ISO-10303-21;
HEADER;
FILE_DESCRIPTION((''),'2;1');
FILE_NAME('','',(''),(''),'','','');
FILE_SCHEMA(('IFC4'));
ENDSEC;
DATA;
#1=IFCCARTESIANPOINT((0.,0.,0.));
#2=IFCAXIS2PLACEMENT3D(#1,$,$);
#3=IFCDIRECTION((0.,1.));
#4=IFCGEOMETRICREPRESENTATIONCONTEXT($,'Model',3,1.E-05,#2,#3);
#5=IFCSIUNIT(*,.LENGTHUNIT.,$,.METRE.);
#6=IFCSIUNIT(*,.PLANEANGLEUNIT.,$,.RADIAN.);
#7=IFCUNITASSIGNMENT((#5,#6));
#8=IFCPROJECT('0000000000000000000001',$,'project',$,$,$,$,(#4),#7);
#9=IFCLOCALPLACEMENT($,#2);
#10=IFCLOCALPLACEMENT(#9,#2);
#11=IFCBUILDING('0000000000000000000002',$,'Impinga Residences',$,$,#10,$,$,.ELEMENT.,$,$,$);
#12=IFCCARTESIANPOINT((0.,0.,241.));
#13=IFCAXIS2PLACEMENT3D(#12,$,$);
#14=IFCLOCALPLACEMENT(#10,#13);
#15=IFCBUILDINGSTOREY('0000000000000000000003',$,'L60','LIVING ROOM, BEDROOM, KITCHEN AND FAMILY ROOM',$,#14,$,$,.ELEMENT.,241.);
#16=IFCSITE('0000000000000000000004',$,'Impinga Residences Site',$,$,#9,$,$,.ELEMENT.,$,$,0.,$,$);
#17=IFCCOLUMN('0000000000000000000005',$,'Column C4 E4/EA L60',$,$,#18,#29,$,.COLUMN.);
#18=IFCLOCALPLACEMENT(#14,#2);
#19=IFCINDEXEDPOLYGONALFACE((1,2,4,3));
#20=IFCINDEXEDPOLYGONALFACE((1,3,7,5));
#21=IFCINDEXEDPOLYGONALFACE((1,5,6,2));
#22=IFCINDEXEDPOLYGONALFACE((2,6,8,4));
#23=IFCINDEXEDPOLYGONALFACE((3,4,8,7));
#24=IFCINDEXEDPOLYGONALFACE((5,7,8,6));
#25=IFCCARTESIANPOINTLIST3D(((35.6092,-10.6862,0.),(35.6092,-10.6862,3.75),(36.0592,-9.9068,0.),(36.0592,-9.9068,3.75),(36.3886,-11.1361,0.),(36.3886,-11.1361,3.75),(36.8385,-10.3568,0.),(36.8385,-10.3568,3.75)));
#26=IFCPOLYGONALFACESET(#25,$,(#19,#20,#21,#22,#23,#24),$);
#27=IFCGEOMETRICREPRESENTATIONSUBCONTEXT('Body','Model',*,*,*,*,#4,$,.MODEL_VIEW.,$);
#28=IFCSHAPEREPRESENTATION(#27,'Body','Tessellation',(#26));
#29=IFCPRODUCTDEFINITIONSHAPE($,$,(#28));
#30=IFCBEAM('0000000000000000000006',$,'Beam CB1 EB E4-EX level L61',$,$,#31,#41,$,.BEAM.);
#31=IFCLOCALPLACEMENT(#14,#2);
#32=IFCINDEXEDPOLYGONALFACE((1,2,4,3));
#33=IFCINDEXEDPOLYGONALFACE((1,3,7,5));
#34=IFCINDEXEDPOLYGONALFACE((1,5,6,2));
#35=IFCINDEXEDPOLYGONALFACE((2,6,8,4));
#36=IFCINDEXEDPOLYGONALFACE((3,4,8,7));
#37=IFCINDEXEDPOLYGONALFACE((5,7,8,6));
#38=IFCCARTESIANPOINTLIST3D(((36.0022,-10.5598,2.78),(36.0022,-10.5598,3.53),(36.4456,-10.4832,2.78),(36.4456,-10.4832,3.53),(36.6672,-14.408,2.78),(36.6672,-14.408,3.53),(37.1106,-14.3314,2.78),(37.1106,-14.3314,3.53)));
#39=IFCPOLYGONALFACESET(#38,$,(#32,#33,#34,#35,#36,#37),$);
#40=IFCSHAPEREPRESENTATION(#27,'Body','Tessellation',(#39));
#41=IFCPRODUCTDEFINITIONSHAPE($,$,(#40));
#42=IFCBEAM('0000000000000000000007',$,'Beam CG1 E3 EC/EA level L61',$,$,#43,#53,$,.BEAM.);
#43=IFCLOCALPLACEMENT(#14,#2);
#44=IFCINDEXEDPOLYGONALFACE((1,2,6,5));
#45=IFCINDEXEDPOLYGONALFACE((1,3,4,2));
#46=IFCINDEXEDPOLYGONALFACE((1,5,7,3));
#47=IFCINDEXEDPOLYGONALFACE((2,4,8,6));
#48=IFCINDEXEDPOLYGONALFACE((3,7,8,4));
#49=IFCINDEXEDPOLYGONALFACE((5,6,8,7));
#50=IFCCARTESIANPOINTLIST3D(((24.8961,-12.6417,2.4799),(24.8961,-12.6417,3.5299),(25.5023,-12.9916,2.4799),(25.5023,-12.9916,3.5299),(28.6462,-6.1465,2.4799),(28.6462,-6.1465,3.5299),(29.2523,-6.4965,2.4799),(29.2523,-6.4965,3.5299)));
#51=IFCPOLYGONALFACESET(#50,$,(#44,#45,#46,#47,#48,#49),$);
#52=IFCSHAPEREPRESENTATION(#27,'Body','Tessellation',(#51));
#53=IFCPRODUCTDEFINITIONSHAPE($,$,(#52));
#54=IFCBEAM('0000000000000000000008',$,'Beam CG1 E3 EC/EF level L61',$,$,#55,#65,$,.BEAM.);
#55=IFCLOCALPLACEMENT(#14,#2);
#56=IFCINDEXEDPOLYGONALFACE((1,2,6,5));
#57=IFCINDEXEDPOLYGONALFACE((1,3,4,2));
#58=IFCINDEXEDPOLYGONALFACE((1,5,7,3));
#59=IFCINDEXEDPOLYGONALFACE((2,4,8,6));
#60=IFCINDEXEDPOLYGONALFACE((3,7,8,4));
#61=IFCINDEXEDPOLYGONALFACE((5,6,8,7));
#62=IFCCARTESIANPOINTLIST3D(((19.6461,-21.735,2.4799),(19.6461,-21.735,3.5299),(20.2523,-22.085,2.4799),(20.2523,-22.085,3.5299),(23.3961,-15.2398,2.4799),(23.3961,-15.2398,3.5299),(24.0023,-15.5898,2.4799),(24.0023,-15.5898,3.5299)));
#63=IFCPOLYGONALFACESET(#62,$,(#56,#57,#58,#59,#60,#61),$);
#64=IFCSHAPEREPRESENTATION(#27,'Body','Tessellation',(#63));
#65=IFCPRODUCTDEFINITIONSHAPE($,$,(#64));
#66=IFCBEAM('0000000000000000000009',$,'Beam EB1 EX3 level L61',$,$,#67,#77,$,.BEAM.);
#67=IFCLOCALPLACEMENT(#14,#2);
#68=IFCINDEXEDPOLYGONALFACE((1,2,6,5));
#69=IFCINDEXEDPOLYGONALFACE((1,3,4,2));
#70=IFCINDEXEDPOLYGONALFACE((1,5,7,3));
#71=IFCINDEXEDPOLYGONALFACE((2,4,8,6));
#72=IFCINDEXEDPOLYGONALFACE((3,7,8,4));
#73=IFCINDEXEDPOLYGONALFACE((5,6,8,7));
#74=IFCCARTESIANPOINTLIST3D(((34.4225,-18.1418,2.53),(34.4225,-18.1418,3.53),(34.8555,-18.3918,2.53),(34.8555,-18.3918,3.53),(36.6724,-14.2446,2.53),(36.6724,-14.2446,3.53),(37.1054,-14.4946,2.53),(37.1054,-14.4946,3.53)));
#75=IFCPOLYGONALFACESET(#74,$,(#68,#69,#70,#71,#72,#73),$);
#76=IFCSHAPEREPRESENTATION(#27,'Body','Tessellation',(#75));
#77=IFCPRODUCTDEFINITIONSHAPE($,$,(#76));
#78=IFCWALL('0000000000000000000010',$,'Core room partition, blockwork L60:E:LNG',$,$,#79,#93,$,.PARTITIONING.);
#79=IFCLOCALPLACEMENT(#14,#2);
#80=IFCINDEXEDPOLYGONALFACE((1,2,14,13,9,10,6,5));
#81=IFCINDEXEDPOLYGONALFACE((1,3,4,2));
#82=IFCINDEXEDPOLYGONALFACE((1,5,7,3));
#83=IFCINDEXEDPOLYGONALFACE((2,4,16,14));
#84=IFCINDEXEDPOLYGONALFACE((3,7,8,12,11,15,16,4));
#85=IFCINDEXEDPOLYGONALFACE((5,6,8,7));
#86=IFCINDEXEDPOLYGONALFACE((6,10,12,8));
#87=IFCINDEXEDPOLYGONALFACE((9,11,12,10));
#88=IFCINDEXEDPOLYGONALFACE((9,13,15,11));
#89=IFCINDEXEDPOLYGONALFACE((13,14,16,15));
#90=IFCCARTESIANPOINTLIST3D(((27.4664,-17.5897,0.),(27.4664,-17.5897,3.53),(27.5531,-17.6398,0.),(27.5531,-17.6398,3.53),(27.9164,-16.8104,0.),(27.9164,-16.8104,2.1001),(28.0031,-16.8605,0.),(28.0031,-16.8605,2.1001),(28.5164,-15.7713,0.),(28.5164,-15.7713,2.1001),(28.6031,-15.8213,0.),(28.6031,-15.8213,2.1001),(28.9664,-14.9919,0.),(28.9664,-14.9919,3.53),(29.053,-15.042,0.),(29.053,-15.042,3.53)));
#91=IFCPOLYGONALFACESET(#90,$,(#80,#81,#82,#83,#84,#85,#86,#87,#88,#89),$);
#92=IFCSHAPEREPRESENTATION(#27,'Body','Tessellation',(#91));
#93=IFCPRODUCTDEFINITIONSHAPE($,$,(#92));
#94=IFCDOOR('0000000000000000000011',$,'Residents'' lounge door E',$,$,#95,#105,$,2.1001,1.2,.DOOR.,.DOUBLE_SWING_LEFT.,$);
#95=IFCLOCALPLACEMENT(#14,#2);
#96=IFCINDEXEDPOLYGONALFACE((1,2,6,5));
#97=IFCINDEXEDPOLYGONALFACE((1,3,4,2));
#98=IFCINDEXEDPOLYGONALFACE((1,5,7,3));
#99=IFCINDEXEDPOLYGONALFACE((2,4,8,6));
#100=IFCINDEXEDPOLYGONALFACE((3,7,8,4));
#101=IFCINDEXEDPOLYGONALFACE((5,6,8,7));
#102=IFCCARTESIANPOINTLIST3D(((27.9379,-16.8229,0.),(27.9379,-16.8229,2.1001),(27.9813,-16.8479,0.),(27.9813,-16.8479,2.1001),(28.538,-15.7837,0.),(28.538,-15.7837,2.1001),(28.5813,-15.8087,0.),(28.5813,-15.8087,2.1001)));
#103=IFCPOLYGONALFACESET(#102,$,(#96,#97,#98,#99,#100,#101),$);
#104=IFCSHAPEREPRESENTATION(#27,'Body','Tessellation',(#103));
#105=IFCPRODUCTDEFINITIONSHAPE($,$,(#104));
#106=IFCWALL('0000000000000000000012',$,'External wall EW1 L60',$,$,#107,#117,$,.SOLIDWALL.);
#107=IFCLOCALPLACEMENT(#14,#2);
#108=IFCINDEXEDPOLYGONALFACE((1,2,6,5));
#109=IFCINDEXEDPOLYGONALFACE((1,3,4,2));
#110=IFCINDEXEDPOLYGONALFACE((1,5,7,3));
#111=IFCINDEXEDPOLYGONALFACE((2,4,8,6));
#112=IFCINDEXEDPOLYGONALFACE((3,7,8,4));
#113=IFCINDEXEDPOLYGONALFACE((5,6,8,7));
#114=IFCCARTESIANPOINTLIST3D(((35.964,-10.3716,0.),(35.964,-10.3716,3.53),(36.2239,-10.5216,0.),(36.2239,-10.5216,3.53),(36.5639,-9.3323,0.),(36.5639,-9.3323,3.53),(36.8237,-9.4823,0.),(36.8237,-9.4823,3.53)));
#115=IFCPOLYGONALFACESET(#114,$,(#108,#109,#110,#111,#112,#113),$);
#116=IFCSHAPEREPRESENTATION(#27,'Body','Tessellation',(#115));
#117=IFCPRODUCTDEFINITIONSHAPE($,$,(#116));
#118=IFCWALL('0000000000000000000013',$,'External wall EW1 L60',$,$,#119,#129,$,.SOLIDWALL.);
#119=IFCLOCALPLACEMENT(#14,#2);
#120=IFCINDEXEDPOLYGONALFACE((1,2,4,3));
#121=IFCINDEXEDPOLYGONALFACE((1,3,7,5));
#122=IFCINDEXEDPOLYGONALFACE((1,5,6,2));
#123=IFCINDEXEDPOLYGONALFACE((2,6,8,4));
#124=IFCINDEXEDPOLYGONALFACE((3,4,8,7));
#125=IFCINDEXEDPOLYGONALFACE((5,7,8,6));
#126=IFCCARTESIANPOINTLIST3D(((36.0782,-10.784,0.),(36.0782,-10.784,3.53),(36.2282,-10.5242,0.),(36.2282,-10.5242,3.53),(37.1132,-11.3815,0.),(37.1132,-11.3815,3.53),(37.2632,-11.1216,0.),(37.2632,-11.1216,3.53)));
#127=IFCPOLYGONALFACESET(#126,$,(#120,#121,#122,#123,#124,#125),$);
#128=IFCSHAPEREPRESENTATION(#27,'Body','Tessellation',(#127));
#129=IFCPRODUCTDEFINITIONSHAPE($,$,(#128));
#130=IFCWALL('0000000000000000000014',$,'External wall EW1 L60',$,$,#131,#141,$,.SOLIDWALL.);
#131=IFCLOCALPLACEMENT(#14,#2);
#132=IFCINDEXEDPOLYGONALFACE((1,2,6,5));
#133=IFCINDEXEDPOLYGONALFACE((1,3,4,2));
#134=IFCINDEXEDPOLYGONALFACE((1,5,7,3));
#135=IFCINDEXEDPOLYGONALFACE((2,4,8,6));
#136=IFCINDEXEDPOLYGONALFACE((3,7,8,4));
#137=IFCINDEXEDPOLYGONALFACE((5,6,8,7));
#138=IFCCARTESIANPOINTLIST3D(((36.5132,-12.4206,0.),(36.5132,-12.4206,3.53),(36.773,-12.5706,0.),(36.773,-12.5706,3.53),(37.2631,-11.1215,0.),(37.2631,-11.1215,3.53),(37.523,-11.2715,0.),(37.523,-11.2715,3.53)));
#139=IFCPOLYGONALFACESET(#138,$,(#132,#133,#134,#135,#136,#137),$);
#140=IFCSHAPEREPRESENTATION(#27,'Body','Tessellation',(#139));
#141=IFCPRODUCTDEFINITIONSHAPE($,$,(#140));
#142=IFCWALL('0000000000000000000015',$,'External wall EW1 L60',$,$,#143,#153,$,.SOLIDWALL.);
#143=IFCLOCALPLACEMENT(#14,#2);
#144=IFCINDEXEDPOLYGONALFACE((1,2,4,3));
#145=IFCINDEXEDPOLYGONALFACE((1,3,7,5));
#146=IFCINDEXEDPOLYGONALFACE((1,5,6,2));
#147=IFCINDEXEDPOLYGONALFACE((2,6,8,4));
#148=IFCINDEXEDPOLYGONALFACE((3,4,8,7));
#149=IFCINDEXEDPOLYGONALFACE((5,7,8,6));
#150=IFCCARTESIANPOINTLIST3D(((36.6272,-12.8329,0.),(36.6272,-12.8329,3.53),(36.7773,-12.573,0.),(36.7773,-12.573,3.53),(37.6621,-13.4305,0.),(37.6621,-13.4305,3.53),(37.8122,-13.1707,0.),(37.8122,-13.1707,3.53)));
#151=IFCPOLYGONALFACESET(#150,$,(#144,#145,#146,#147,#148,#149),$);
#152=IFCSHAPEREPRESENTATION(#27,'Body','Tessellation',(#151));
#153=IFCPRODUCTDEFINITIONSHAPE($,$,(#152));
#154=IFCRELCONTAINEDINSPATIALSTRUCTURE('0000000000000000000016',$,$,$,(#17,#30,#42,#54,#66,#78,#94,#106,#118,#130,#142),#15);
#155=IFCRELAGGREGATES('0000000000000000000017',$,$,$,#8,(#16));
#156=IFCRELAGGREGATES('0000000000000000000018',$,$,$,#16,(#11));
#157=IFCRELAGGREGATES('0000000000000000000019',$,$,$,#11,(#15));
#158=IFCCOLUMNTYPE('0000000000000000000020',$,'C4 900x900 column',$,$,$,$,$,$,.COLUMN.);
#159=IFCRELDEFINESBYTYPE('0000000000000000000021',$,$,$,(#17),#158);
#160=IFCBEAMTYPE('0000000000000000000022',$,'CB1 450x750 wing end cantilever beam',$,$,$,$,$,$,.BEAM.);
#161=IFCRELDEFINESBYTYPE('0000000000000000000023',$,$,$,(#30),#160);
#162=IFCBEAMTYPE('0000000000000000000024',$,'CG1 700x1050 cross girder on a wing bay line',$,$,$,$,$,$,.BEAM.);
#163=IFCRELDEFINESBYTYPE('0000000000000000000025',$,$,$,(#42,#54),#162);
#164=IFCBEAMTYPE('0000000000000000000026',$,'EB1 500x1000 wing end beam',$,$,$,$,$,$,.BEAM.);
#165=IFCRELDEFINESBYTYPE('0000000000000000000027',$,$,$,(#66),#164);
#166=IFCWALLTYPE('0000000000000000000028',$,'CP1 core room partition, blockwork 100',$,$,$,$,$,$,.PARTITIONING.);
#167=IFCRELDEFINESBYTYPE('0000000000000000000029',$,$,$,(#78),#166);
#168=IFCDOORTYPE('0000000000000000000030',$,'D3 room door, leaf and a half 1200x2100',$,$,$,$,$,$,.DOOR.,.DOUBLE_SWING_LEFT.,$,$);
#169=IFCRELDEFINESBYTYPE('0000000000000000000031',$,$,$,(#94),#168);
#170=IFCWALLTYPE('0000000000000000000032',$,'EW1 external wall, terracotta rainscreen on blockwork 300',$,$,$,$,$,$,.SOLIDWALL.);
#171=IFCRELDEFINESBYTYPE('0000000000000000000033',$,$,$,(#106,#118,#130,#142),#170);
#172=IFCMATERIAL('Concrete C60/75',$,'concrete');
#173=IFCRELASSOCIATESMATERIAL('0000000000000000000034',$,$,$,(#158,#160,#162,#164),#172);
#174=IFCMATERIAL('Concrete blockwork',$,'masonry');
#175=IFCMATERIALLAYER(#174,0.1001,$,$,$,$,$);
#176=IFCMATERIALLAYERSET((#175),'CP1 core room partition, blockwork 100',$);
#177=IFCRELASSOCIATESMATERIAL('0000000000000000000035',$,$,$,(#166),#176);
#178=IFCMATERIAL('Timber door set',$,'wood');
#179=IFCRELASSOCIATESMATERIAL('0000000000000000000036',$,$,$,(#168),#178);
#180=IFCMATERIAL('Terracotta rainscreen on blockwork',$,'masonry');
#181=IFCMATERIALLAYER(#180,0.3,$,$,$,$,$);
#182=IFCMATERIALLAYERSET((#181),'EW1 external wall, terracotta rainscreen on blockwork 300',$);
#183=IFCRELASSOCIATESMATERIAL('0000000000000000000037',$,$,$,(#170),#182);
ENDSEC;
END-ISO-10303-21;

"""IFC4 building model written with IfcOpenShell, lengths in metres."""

from ifc_helpers import new_model, si_unit, direction, frame, frame_2d, origin, origin_2d, place, context, subcontext, project, spatial, rectangle, extrude, material, layer, layer_set, material_profile, profile_set, type_object, element, fill, save


model = new_model("IFC4")

# Units and contexts
model_context = context("Model", 3, precision=1e-05, world=origin(), true_north=direction((0.0, 1.0)))
body_context = subcontext(model_context, "Body", "Model", "MODEL_VIEW")
ifc_project = project(units=[si_unit("LENGTHUNIT", "METRE"), si_unit("PLANEANGLEUNIT", "RADIAN")], contexts=[model_context])

# Site, building, storey
site_placement = place(None, origin())
site = spatial("IfcSite", under=ifc_project, at=site_placement, Name="Impinga Residences Site", CompositionType="ELEMENT", RefElevation=0.0)
building_placement = place(site_placement, origin())
building = spatial("IfcBuilding", under=site, at=building_placement, Name="Impinga Residences", CompositionType="ELEMENT")
storey_placement = place(building_placement, frame((0.0, 0.0, 241.0)))
storey = spatial("IfcBuildingStorey", under=building, at=storey_placement, Name="L60", Description="LIVING ROOM, BEDROOM, KITCHEN AND FAMILY ROOM", CompositionType="ELEMENT", Elevation=241.0)

# Column
ifc_material_1 = material(Name="Concrete C60/75", Category="concrete")
ifc_material_profile_1 = material_profile(ifc_material_1, rectangle(XDim=0.8999, YDim=0.8999, at=origin_2d()), Name="RC 900x900")
ifc_profile_set_1 = profile_set([ifc_material_profile_1], Name="Concrete C60/75")
column_type = type_object("IfcColumnType", Name="C4 900x900 column", PredefinedType="COLUMN", material=ifc_profile_set_1)
column_placement = place(storey_placement, frame((36.2239, -10.5215, 0.0), z_axis=(0.0, 0.0, 1.0), x_axis=(-0.5, -0.866025, 0.0)))
element("IfcColumn", 1, at=column_placement, inside=storey, type_object=column_type, Name="Column C4 E4/EA L60", PredefinedType="COLUMN", context=body_context, shape_type="SweptSolid", body=[
    extrude(rectangle(XDim=0.8999, YDim=0.8999, at=origin_2d()), origin(), (0.0, 0.0, 1.0), 3.75),
])

# Beams
ifc_material_profile_2 = material_profile(ifc_material_1, rectangle(XDim=0.45, YDim=0.75, at=origin_2d()), Name="RC 450x750")
ifc_profile_set_2 = profile_set([ifc_material_profile_2], Name="Concrete C60/75")
beam_type_1 = type_object("IfcBeamType", Name="CB1 450x750 wing end cantilever beam", PredefinedType="BEAM", material=ifc_profile_set_2)
beam_1_placement = place(storey_placement, frame((36.2239, -10.5215, 3.155), z_axis=(0.170296, -0.985393, 0.0), x_axis=(0.985393, 0.170296, 0.0)))
element("IfcBeam", 2, at=beam_1_placement, inside=storey, type_object=beam_type_1, Name="Beam CB1 EB E4-EX level L61", PredefinedType="BEAM", context=body_context, shape_type="SweptSolid", body=[
    extrude(rectangle(XDim=0.45, YDim=0.75, at=origin_2d()), origin(), (0.0, 0.0, 1.0), 3.9053),
])
ifc_material_profile_3 = material_profile(ifc_material_1, rectangle(XDim=0.7, YDim=1.05, at=origin_2d()), Name="RC 700x1050")
ifc_profile_set_3 = profile_set([ifc_material_profile_3], Name="Concrete C60/75")
beam_type_2 = type_object("IfcBeamType", Name="CG1 700x1050 cross girder on a wing bay line", PredefinedType="BEAM", material=ifc_profile_set_3)
for number, where, z_axis, x_axis, name in (
    (3, (25.1992, -12.8167, 3.0049), (0.500004, 0.866023, 0.0), (-0.866023, 0.500004, 0.0), "Beam CG1 E3 EC/EA level L61"),
    (4, (23.6992, -15.4148, 3.0049), (-0.500004, -0.866023, 0.0), (0.866023, -0.500004, 0.0), "Beam CG1 E3 EC/EF level L61"),
):
    element("IfcBeam", number, at=place(storey_placement, frame(where, z_axis=z_axis, x_axis=x_axis)), inside=storey, type_object=beam_type_2, Name=name, PredefinedType="BEAM", context=body_context, shape_type="SweptSolid", body=[
        extrude(rectangle(XDim=0.7, YDim=1.05, at=origin_2d()), origin(), (0.0, 0.0, 1.0), 7.5),
    ])
ifc_material_profile_4 = material_profile(ifc_material_1, rectangle(XDim=0.5, YDim=1.0, at=origin_2d()), Name="RC 500x1000")
ifc_profile_set_4 = profile_set([ifc_material_profile_4], Name="Concrete C60/75")
beam_type_3 = type_object("IfcBeamType", Name="EB1 500x1000 wing end beam", PredefinedType="BEAM", material=ifc_profile_set_4)
beam_2_placement = place(storey_placement, frame((36.8889, -14.3696, 3.03), z_axis=(-0.49999, -0.866031, 0.0), x_axis=(0.866031, -0.49999, 0.0)))
element("IfcBeam", 5, at=beam_2_placement, inside=storey, type_object=beam_type_3, Name="Beam EB1 EX3 level L61", PredefinedType="BEAM", context=body_context, shape_type="SweptSolid", body=[
    extrude(rectangle(XDim=0.5, YDim=1.0, at=origin_2d()), origin(), (0.0, 0.0, 1.0), 4.5),
])

# Wall, opening, door
ifc_material_2 = material(Name="Concrete blockwork", Category="masonry")
ifc_layer_1 = layer(ifc_material_2, 0.1001)
ifc_layer_set_1 = layer_set([ifc_layer_1], Name="CP1 core room partition, blockwork 100")
wall_type_1 = type_object("IfcWallType", Name="CP1 core room partition, blockwork 100", PredefinedType="PARTITIONING", material=ifc_layer_set_1)
wall_1_placement = place(storey_placement, frame((29.0098, -15.0168, 0.0), z_axis=(0.0, 0.0, 1.0), x_axis=(-0.500025, -0.866011, 0.0)))
wall_1 = element("IfcWall", 6, at=wall_1_placement, inside=storey, type_object=wall_type_1, Name="Core room partition, blockwork L60:E:LNG", PredefinedType="PARTITIONING", context=body_context, shape_type="SweptSolid", body=[
    extrude(rectangle(XDim=2.9998, YDim=0.1001, at=frame_2d((1.5, 0.0))), origin(), (0.0, 0.0, 1.0), 3.53),
])
opening_1_placement = place(wall_1_placement, frame((0.8999, 0.0, 0.0)))
opening_1 = element("IfcOpeningElement", 7, at=opening_1_placement, cuts=wall_1, PredefinedType="OPENING", context=body_context, shape_type="SweptSolid", body=[
    extrude(rectangle(XDim=1.2, YDim=2.1001, at=frame_2d((0.6001, 1.05))), frame((0.0, 0.0601, 0.0), z_axis=(0.0, -1.0, 0.0), x_axis=(1.0, 0.0, 0.0)), (0.0, 0.0, 1.0), 0.1201),
])
ifc_material_3 = material(Name="Timber door set", Category="wood")
door_type_1 = type_object("IfcDoorType", Name="D3 room door, leaf and a half 1200x2100", OperationType="DOUBLE_SWING_LEFT", PredefinedType="DOOR", material=ifc_material_3)
door_1_placement = place(opening_1_placement, origin())
door_1 = element("IfcDoor", 8, at=door_1_placement, inside=storey, type_object=door_type_1, Name="Residents' lounge door E", OperationType="DOUBLE_SWING_LEFT", OverallHeight=2.1001, OverallWidth=1.2, PredefinedType="DOOR", context=body_context, shape_type="SweptSolid", body=[
    extrude(rectangle(XDim=1.2, YDim=2.1001, at=frame_2d((0.6001, 1.05))), frame((0.0, 0.0249, 0.0), z_axis=(0.0, -1.0, 0.0), x_axis=(1.0, 0.0, 0.0)), (0.0, 0.0, 1.0), 0.05),
])
fill(opening_1, door_1)

# Walls
ifc_material_4 = material(Name="Terracotta rainscreen on blockwork", Category="masonry")
ifc_layer_2 = layer(ifc_material_4, 0.3)
ifc_layer_set_2 = layer_set([ifc_layer_2], Name="EW1 external wall, terracotta rainscreen on blockwork 300")
wall_type_2 = type_object("IfcWallType", Name="EW1 external wall, terracotta rainscreen on blockwork 300", PredefinedType="SOLIDWALL", material=ifc_layer_set_2)
wall_2_placement = place(storey_placement, frame((36.6938, -9.4072, 0.0), z_axis=(0.0, 0.0, 1.0), x_axis=(-0.499881, -0.866094, 0.0)))
element("IfcWall", 9, at=wall_2_placement, inside=storey, type_object=wall_type_2, Name="External wall EW1 L60", PredefinedType="SOLIDWALL", context=body_context, shape_type="SweptSolid", body=[
    extrude(rectangle(XDim=1.2, YDim=0.3, at=frame_2d((0.6001, 0.0))), origin(), (0.0, 0.0, 1.0), 3.53),
])
wall_3_placement = place(storey_placement, frame((36.1531, -10.6541, 0.0), z_axis=(0.0, 0.0, 1.0), x_axis=(0.86606, -0.499941, 0.0)))
element("IfcWall", 10, at=wall_3_placement, inside=storey, type_object=wall_type_2, Name="External wall EW1 L60", PredefinedType="SOLIDWALL", context=body_context, shape_type="SweptSolid", body=[
    extrude(rectangle(XDim=1.1951, YDim=0.3, at=frame_2d((0.5977, 0.0))), origin(), (0.0, 0.0, 1.0), 3.53),
])
wall_4_placement = place(storey_placement, frame((37.3931, -11.1965, 0.0), z_axis=(0.0, 0.0, 1.0), x_axis=(-0.49999, -0.866031, 0.0)))
element("IfcWall", 11, at=wall_4_placement, inside=storey, type_object=wall_type_2, Name="External wall EW1 L60", PredefinedType="SOLIDWALL", context=body_context, shape_type="SweptSolid", body=[
    extrude(rectangle(XDim=1.5, YDim=0.3, at=frame_2d((0.75, 0.0))), origin(), (0.0, 0.0, 1.0), 3.53),
])
wall_5_placement = place(storey_placement, frame((36.7021, -12.7029, 0.0), z_axis=(0.0, 0.0, 1.0), x_axis=(0.865971, -0.500094, 0.0)))
element("IfcWall", 12, at=wall_5_placement, inside=storey, type_object=wall_type_2, Name="External wall EW1 L60", PredefinedType="SOLIDWALL", context=body_context, shape_type="SweptSolid", body=[
    extrude(rectangle(XDim=1.1951, YDim=0.3, at=frame_2d((0.5977, 0.0))), origin(), (0.0, 0.0, 1.0), 3.53),
])

save(model, "model.ifc")
